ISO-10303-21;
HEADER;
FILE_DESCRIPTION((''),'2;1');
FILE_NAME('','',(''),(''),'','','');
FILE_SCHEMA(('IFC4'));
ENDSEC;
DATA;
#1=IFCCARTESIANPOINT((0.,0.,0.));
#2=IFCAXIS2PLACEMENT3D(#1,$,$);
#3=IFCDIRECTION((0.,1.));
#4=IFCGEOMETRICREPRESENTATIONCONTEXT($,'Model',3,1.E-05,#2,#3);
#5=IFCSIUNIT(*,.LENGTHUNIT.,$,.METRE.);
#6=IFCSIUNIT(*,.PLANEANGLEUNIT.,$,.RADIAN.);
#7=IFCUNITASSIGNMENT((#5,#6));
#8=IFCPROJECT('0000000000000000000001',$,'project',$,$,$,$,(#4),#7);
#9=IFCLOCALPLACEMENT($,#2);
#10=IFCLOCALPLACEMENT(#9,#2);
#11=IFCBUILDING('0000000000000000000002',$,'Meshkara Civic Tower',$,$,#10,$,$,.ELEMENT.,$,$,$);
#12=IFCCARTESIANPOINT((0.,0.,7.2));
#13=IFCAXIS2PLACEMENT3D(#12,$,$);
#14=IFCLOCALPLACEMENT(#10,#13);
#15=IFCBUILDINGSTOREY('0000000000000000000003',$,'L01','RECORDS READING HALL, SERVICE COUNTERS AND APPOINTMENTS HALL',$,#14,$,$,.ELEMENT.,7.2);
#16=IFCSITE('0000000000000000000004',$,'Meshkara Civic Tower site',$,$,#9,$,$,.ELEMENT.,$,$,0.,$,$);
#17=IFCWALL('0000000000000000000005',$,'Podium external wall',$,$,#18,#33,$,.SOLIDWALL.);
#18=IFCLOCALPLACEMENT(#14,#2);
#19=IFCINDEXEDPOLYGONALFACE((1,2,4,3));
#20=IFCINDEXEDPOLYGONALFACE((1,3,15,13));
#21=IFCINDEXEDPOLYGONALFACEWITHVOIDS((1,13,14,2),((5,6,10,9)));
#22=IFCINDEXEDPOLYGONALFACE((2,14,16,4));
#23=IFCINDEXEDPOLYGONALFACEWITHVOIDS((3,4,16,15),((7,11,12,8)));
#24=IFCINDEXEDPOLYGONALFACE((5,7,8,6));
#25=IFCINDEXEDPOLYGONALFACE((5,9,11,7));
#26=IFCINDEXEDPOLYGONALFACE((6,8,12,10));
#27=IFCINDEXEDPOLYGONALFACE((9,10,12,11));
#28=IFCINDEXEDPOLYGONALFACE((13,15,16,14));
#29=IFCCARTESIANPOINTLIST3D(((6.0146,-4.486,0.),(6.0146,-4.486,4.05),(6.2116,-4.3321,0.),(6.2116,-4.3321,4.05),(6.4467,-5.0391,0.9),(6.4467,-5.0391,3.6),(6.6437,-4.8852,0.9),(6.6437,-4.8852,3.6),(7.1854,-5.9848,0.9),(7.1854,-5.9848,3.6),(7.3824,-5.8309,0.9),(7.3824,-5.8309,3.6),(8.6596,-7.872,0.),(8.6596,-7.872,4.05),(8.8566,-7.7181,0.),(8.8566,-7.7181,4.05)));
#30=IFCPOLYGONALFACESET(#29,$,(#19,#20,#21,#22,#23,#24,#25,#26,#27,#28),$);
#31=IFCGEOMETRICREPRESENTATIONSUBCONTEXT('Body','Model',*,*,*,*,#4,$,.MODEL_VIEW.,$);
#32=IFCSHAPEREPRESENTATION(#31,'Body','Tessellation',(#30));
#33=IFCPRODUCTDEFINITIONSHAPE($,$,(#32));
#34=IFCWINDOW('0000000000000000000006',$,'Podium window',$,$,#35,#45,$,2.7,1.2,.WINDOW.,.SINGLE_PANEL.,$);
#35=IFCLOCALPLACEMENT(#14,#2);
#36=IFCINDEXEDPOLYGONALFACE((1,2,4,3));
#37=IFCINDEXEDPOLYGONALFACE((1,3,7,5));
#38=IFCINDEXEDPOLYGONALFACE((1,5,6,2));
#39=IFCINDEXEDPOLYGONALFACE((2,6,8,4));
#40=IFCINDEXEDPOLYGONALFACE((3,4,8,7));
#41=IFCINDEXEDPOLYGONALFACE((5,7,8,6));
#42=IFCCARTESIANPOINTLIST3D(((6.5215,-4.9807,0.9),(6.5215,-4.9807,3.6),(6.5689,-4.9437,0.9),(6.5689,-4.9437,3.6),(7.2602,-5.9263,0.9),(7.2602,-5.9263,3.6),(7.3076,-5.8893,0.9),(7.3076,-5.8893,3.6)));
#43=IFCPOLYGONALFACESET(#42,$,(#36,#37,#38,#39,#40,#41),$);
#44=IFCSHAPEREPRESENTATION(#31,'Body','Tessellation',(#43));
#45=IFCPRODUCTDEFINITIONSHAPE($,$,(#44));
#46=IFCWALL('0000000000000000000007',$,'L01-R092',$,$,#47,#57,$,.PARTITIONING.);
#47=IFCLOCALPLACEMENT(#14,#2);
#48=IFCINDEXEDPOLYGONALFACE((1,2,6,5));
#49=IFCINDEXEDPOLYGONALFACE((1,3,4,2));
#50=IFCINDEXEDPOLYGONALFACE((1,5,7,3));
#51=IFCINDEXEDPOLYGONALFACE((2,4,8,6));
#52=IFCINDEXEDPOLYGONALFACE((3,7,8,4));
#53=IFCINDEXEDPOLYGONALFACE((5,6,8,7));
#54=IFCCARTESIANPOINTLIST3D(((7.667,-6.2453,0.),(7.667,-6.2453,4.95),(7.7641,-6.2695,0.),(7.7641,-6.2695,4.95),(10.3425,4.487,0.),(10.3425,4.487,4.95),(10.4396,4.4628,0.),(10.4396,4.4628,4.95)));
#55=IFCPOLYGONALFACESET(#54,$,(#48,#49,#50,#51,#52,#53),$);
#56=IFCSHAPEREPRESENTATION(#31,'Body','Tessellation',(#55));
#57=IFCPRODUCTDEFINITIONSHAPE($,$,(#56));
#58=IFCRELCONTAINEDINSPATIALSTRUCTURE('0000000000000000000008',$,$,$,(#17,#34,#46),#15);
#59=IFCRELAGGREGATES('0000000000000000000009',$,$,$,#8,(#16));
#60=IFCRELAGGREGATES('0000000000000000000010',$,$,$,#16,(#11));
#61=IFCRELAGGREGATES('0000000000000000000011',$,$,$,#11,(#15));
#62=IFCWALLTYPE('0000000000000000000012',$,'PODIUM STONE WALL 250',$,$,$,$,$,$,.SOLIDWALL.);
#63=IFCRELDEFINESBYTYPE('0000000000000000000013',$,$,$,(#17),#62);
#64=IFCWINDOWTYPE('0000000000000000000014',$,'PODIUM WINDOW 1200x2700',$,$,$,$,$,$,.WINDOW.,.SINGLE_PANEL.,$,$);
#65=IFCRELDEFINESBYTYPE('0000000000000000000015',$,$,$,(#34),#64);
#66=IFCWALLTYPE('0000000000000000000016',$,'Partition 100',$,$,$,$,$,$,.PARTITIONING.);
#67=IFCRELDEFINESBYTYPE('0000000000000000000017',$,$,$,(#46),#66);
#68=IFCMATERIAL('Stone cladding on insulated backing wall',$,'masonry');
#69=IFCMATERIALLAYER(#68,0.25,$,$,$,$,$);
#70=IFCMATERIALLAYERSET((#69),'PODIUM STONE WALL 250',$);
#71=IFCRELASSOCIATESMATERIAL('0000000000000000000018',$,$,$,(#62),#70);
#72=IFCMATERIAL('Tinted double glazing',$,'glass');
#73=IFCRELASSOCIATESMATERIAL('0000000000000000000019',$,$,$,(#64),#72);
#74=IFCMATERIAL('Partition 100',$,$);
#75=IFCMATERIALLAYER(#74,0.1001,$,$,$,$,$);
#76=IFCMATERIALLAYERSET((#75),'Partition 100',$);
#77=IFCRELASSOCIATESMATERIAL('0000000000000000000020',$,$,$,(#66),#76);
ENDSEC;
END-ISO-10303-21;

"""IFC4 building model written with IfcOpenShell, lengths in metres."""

from ifc_helpers import new_model, si_unit, direction, frame, frame_2d, origin, place, context, subcontext, project, spatial, rectangle, extrude, material, layer, layer_set, type_object, element, fill, save


model = new_model("IFC4")

# Units and contexts
model_context = context("Model", 3, precision=1e-05, world=origin(), true_north=direction((0.0, 1.0)))
body_context = subcontext(model_context, "Body", "Model", "MODEL_VIEW")
ifc_project = project(units=[si_unit("LENGTHUNIT", "METRE"), si_unit("PLANEANGLEUNIT", "RADIAN")], contexts=[model_context])

# Site, building, storey
site_placement = place(None, origin())
site = spatial("IfcSite", under=ifc_project, at=site_placement, Name="Meshkara Civic Tower site", CompositionType="ELEMENT", RefElevation=0.0)
building_placement = place(site_placement, origin())
building = spatial("IfcBuilding", under=site, at=building_placement, Name="Meshkara Civic Tower", CompositionType="ELEMENT")
storey_placement = place(building_placement, frame((0.0, 0.0, 7.2)))
storey = spatial("IfcBuildingStorey", under=building, at=storey_placement, Name="L01", Description="RECORDS READING HALL, SERVICE COUNTERS AND APPOINTMENTS HALL", CompositionType="ELEMENT", Elevation=7.2)

# Wall, opening, window
ifc_material_1 = material(Name="Stone cladding on insulated backing wall", Category="masonry")
ifc_layer_1 = layer(ifc_material_1, 0.25)
ifc_layer_set_1 = layer_set([ifc_layer_1], Name="PODIUM STONE WALL 250")
wall_type_1 = type_object("IfcWallType", Name="PODIUM STONE WALL 250", PredefinedType="SOLIDWALL", material=ifc_layer_set_1)
wall_1_placement = place(storey_placement, frame((6.113, -4.4089, 0.0), z_axis=(0.0, 0.0, 1.0), x_axis=(0.615603, -0.788056, 0.0)))
wall_1 = element("IfcWall", 1, at=wall_1_placement, inside=storey, type_object=wall_type_1, Name="Podium external wall", PredefinedType="SOLIDWALL", context=body_context, shape_type="SweptSolid", body=[
    extrude(rectangle(XDim=4.2966, YDim=0.25, at=frame_2d((2.1484, 0.0))), origin(), (0.0, 0.0, 1.0), 4.05),
])
opening_placement = place(wall_1_placement, frame((0.7019, 0.0, 0.8999)))
opening = element("IfcOpeningElement", 2, at=opening_placement, cuts=wall_1, PredefinedType="OPENING", context=body_context, shape_type="SweptSolid", body=[
    extrude(rectangle(XDim=1.2, YDim=2.7, at=frame_2d((0.6001, 1.3501))), frame((0.0, 0.135, 0.0), z_axis=(0.0, -1.0, 0.0), x_axis=(1.0, 0.0, 0.0)), (0.0, 0.0, 1.0), 0.27),
])
ifc_material_2 = material(Name="Tinted double glazing", Category="glass")
window_type = type_object("IfcWindowType", Name="PODIUM WINDOW 1200x2700", PartitioningType="SINGLE_PANEL", PredefinedType="WINDOW", material=ifc_material_2)
window_placement = place(opening_placement, origin())
window = element("IfcWindow", 3, at=window_placement, inside=storey, type_object=window_type, Name="Podium window", OverallHeight=2.7, OverallWidth=1.2, PartitioningType="SINGLE_PANEL", PredefinedType="WINDOW", context=body_context, shape_type="SweptSolid", body=[
    extrude(rectangle(XDim=1.2, YDim=2.7, at=frame_2d((0.6001, 1.3501))), frame((0.0, 0.03, 0.0), z_axis=(0.0, -1.0, 0.0), x_axis=(1.0, 0.0, 0.0)), (0.0, 0.0, 1.0), 0.0601),
])
fill(opening, window)

# Wall
ifc_material_3 = material(Name="Partition 100")
ifc_layer_2 = layer(ifc_material_3, 0.1001)
ifc_layer_set_2 = layer_set([ifc_layer_2], Name="Partition 100")
wall_type_2 = type_object("IfcWallType", Name="Partition 100", PredefinedType="PARTITIONING", material=ifc_layer_set_2)
wall_2_placement = place(storey_placement, frame((7.7156, -6.2573, 0.0), z_axis=(0.0, 0.0, 1.0), x_axis=(0.241892, 0.970303, 0.0)))
element("IfcWall", 4, at=wall_2_placement, inside=storey, type_object=wall_type_2, Name="L01-R092", PredefinedType="PARTITIONING", context=body_context, shape_type="SweptSolid", body=[
    extrude(rectangle(XDim=11.0608, YDim=0.1001, at=frame_2d((5.5303, 0.0))), origin(), (0.0, 0.0, 1.0), 4.95),
])

save(model, "model.ifc")
